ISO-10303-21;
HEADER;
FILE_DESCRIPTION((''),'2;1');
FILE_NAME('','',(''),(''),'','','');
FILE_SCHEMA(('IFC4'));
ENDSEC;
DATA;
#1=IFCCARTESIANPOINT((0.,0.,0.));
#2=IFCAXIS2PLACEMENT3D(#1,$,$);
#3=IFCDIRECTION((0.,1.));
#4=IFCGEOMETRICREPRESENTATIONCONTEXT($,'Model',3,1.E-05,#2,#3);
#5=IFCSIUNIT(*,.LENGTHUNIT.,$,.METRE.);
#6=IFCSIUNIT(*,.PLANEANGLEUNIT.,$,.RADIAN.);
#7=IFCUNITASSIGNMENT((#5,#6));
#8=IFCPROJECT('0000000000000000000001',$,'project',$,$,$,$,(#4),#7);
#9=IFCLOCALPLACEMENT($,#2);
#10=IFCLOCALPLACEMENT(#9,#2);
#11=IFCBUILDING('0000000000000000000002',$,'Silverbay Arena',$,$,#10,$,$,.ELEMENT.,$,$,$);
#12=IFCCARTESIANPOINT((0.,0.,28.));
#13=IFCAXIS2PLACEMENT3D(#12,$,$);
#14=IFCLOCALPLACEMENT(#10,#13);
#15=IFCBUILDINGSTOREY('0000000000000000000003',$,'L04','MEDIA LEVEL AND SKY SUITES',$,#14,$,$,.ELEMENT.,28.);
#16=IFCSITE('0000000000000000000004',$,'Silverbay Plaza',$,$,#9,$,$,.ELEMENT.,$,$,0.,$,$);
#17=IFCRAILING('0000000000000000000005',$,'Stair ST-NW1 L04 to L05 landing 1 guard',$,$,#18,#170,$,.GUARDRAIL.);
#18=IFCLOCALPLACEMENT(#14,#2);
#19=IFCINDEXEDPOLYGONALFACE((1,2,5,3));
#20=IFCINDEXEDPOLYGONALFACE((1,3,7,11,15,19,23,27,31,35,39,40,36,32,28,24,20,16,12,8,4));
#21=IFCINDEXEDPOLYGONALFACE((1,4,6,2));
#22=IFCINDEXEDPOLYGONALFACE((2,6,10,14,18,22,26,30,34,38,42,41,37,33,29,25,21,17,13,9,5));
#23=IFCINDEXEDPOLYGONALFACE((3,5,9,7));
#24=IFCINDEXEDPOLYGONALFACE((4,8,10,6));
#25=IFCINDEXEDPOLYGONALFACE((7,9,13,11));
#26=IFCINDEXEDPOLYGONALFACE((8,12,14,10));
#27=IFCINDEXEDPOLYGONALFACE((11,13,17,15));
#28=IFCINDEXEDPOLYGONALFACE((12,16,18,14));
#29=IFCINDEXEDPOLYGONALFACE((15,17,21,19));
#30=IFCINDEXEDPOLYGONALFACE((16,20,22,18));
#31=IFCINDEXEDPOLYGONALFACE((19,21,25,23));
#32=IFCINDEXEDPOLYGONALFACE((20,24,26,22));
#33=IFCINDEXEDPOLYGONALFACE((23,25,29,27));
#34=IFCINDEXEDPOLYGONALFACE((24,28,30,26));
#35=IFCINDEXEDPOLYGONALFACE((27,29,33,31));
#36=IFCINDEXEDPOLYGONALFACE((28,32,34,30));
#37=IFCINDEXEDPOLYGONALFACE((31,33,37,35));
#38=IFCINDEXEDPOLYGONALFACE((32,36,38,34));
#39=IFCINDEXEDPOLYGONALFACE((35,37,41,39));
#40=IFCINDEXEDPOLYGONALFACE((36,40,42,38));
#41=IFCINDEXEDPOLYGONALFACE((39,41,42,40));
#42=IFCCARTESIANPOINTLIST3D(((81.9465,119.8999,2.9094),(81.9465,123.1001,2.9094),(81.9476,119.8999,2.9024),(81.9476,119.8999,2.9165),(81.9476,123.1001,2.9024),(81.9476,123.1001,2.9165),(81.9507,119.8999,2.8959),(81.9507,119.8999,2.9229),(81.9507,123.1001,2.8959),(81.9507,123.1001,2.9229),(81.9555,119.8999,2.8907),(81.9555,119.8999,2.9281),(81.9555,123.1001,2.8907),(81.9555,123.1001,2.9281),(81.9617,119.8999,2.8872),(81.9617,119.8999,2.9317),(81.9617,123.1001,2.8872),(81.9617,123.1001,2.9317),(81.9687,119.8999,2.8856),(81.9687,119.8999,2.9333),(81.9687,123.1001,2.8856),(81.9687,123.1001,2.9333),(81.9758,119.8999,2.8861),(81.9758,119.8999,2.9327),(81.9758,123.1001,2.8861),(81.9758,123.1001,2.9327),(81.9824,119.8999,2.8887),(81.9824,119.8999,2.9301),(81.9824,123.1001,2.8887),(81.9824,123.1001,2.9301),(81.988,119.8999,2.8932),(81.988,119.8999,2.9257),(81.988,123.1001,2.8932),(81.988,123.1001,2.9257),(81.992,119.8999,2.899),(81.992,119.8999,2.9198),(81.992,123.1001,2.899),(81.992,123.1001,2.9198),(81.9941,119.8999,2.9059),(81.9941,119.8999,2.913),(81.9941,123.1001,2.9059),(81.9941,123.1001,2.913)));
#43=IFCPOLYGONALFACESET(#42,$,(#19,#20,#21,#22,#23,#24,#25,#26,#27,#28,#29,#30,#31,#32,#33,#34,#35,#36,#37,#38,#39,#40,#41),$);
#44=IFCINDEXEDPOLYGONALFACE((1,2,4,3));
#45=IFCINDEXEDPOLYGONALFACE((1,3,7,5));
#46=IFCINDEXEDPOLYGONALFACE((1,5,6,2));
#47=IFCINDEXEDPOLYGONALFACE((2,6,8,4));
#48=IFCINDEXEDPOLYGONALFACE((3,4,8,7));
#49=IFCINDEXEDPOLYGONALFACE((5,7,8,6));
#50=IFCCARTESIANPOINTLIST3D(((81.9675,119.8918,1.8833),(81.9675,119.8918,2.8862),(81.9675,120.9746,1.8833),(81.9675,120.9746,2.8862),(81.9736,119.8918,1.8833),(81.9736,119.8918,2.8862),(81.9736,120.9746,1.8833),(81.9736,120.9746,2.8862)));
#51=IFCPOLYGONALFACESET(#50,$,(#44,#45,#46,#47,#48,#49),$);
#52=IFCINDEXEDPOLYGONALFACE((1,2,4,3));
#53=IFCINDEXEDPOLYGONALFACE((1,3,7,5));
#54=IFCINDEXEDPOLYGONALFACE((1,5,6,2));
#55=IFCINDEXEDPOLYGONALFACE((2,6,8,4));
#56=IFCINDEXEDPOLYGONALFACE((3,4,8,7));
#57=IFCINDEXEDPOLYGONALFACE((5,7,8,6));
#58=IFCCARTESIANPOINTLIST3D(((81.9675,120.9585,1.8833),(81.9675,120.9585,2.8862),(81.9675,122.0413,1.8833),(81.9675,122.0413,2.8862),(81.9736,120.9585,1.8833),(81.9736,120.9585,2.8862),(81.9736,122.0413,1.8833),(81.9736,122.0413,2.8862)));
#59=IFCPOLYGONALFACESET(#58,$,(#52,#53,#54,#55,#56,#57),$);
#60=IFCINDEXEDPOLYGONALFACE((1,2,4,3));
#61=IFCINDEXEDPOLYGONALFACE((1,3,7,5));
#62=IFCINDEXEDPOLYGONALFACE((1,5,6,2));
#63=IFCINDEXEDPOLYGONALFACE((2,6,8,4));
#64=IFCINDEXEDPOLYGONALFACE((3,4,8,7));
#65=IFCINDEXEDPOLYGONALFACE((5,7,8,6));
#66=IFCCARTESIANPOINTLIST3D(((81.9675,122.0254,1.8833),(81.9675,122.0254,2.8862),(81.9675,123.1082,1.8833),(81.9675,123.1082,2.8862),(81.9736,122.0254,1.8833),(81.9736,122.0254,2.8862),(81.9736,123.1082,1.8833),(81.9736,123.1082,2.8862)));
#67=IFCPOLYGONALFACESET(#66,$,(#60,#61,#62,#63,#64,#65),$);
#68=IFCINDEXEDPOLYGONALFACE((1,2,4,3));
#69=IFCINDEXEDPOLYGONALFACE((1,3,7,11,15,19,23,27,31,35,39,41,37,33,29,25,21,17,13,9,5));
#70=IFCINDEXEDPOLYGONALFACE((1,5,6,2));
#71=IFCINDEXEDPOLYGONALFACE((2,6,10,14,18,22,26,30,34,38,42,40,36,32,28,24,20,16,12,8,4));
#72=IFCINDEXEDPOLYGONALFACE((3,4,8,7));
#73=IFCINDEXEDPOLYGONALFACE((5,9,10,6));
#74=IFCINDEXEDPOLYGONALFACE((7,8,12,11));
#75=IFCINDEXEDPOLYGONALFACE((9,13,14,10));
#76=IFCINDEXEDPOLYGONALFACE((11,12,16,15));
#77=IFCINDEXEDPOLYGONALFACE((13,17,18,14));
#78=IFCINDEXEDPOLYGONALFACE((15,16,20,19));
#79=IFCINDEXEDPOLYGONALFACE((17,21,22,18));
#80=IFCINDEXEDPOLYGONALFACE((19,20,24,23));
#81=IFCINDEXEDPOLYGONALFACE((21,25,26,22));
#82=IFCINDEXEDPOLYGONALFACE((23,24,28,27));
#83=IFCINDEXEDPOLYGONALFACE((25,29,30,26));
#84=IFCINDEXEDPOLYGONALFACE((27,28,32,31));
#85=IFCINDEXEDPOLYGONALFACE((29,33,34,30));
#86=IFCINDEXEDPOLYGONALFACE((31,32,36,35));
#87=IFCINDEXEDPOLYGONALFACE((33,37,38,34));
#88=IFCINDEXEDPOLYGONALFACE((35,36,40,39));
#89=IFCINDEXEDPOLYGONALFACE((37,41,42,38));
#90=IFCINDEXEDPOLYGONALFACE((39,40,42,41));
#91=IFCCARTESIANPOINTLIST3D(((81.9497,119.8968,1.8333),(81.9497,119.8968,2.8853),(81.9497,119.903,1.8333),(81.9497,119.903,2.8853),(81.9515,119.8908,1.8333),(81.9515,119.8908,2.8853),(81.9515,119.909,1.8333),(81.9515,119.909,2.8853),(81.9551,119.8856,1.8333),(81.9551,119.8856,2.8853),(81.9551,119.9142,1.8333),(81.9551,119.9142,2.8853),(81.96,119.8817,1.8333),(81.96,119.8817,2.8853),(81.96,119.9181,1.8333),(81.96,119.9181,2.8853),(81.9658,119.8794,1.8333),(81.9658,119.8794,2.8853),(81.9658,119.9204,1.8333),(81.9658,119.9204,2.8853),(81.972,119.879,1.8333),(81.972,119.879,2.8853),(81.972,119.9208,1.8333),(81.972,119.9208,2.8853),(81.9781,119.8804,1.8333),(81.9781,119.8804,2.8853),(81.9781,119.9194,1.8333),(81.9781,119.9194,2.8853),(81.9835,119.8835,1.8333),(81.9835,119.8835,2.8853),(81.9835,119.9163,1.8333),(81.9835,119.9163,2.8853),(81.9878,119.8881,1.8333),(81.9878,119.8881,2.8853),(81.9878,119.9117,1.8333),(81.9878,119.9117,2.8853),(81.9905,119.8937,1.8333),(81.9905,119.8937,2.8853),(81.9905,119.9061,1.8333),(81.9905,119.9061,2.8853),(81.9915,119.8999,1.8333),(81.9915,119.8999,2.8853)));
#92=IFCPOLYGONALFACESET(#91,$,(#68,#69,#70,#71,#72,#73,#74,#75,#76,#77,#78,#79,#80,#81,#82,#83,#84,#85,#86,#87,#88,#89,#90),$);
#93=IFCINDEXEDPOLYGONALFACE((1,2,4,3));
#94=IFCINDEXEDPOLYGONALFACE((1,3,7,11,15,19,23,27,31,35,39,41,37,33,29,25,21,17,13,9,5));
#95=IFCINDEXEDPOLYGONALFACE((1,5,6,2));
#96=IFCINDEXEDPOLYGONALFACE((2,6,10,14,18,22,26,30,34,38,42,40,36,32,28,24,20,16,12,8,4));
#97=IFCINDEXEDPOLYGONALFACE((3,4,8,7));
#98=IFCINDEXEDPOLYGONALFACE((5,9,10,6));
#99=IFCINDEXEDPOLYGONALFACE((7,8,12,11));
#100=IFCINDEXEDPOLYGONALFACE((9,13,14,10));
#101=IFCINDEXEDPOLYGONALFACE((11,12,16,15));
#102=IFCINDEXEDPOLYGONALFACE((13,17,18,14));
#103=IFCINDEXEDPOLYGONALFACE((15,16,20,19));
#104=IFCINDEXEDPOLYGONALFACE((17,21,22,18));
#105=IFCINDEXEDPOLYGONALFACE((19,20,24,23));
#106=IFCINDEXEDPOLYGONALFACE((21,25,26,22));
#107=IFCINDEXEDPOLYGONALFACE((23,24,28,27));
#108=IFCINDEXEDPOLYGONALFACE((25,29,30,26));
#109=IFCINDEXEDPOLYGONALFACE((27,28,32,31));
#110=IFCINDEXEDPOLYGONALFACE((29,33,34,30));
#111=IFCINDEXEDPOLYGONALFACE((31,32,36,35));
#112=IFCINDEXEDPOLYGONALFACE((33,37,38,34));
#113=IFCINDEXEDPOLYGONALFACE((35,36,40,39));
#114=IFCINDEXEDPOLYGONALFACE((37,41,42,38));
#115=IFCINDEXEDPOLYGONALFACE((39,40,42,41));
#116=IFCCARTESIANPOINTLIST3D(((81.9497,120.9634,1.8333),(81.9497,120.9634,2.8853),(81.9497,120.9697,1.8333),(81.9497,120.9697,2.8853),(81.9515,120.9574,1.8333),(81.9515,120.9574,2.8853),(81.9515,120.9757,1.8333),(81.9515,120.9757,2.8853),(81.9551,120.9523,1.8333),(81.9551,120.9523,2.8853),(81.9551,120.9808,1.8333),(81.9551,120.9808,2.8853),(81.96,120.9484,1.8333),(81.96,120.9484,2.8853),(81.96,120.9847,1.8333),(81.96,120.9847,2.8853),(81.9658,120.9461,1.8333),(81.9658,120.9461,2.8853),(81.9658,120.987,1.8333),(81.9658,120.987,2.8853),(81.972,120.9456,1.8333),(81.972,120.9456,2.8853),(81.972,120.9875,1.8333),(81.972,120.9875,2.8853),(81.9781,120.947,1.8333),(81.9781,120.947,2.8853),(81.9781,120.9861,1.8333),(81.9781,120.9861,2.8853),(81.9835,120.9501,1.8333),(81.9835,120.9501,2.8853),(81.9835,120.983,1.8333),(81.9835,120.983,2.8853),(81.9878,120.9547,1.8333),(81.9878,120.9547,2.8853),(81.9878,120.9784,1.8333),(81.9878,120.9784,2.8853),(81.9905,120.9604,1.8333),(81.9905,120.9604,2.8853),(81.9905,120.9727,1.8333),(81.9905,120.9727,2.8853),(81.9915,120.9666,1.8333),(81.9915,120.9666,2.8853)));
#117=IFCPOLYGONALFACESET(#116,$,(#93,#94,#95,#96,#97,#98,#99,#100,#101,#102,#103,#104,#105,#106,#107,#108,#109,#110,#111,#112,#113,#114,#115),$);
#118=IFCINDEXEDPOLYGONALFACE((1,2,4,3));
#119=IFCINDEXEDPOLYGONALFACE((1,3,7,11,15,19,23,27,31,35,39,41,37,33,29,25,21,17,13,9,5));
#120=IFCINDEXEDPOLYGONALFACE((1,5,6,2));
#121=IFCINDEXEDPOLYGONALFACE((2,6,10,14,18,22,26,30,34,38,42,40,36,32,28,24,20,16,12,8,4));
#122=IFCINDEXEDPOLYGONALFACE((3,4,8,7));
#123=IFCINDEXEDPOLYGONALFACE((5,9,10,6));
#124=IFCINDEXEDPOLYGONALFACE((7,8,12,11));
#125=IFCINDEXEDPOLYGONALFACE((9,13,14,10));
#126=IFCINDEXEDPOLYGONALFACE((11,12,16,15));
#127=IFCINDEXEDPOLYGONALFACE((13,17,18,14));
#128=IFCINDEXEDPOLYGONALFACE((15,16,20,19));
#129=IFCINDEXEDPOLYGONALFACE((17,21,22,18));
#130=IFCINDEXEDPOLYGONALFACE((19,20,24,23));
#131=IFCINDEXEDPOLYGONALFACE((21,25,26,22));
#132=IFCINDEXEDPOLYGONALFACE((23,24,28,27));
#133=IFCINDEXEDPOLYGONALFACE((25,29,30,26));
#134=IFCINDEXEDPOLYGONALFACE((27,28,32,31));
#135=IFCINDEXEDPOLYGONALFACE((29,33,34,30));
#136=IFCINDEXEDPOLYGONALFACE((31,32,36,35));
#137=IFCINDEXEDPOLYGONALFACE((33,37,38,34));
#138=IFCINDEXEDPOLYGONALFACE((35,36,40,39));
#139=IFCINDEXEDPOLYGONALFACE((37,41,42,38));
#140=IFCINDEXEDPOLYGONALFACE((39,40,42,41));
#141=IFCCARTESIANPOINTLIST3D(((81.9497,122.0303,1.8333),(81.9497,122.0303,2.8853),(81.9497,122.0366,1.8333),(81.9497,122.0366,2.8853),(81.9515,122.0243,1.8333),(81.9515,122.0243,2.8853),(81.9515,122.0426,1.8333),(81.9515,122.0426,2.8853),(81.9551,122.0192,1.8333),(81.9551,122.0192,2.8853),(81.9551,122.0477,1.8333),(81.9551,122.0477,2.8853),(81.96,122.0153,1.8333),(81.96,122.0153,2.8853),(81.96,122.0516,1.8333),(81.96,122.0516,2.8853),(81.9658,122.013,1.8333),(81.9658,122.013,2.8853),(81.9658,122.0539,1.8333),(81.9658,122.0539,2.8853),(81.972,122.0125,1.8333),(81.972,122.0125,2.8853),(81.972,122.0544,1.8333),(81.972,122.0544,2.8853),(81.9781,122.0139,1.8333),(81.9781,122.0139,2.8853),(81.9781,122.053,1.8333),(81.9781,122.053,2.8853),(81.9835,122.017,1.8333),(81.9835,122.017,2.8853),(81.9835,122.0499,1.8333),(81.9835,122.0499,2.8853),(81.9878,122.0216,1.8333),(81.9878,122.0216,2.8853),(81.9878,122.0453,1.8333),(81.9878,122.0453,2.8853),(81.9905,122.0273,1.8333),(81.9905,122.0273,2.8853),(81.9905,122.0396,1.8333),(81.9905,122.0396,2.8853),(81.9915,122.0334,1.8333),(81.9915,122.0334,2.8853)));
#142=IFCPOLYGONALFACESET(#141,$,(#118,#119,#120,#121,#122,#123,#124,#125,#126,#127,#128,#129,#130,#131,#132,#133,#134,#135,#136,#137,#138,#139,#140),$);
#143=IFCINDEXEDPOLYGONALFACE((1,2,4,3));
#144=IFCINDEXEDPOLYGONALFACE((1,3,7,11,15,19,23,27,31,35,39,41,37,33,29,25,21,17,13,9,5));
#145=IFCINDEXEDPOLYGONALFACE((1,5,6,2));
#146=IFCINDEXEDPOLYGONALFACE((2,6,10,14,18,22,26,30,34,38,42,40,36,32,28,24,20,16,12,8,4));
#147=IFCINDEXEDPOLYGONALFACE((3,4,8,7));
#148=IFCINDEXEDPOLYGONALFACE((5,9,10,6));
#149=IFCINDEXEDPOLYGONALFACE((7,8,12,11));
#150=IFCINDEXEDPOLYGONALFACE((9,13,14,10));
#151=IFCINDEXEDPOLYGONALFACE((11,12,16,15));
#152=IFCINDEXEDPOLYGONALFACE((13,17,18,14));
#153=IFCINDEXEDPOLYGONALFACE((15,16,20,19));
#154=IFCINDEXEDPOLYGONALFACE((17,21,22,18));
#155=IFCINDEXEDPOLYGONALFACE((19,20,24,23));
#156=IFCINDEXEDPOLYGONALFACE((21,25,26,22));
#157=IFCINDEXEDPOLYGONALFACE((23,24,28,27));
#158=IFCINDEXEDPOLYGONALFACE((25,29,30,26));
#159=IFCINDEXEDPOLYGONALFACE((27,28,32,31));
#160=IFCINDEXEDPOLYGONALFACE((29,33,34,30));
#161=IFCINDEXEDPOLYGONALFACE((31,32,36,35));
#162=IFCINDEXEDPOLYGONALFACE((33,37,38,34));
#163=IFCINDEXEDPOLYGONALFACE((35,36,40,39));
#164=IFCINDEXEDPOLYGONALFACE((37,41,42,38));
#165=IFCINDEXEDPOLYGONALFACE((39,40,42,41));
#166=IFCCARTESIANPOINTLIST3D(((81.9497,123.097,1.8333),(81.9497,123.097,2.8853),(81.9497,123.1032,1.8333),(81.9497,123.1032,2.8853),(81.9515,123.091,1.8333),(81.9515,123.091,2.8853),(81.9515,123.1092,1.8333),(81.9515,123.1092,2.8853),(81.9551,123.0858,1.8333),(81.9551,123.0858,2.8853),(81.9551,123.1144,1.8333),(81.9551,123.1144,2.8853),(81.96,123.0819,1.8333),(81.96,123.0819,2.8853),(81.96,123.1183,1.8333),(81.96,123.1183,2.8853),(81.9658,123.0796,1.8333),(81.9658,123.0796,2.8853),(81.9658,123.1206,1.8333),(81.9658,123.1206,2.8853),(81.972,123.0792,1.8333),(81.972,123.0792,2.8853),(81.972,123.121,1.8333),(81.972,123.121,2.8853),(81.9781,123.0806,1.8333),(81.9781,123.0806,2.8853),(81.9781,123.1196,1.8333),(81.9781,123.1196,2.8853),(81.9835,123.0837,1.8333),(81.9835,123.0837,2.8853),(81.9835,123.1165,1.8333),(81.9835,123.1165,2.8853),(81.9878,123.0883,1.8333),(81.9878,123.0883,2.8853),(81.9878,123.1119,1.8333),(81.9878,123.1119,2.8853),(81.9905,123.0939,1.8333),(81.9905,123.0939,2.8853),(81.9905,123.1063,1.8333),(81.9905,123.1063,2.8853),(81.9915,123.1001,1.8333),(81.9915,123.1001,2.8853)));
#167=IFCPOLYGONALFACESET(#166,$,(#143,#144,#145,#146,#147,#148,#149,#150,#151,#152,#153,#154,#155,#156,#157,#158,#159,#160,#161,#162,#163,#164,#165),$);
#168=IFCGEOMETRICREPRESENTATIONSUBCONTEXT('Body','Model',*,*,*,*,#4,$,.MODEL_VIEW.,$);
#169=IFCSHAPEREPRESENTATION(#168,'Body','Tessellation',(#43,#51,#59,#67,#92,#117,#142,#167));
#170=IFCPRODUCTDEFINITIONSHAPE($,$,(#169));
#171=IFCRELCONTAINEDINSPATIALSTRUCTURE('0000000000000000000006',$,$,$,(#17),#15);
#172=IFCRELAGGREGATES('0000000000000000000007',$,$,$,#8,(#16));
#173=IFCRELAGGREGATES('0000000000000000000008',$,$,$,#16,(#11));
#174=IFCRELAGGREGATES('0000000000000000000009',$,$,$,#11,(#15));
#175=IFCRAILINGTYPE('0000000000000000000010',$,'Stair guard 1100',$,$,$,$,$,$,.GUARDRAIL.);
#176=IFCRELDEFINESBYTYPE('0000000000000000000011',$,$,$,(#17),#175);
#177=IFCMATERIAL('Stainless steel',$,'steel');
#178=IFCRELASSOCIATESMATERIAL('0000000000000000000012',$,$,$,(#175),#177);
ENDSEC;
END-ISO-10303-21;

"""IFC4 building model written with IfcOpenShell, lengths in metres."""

from ifc_helpers import new_model, si_unit, direction, frame, origin, origin_2d, place, context, subcontext, project, spatial, polyline, circle, outline, extrude, material, type_object, element, save


model = new_model("IFC4")

# Units and contexts
model_context = context("Model", 3, precision=1e-05, world=origin(), true_north=direction((0.0, 1.0)))
body_context = subcontext(model_context, "Body", "Model", "MODEL_VIEW")
ifc_project = project(units=[si_unit("LENGTHUNIT", "METRE"), si_unit("PLANEANGLEUNIT", "RADIAN")], contexts=[model_context])

# Site, building, storey
site_placement = place(None, origin())
site = spatial("IfcSite", under=ifc_project, at=site_placement, Name="Silverbay Plaza", CompositionType="ELEMENT", RefElevation=0.0)
building_placement = place(site_placement, origin())
building = spatial("IfcBuilding", under=site, at=building_placement, Name="Silverbay Arena", CompositionType="ELEMENT")
storey_placement = place(building_placement, frame((0.0, 0.0, 28.0)))
storey = spatial("IfcBuildingStorey", under=building, at=storey_placement, Name="L04", Description="MEDIA LEVEL AND SKY SUITES", CompositionType="ELEMENT", Elevation=28.0)

# Railing
ifc_material_1 = material(Name="Stainless steel", Category="steel")
railing_type_1 = type_object("IfcRailingType", Name="Stair guard 1100", PredefinedType="GUARDRAIL", material=ifc_material_1)
for number, where, name in (
    (1, (81.9705, 119.8999, 1.8333), "Stair ST-NW1 L04 to L05 landing 1 guard"),
):
    element("IfcRailing", number, at=place(storey_placement, frame(where)), inside=storey, type_object=railing_type_1, Name=name, PredefinedType="GUARDRAIL", context=body_context, shape_type="SweptSolid", body=[
        extrude(circle(Radius=0.0239, at=origin_2d()), frame((0.0, 0.0, 1.0762), z_axis=(0.0, 1.0, 0.0), x_axis=(-1.0, 0.0, 0.0)), (0.0, 0.0, 1.0), 3.2002),
        extrude(outline(polyline([(-0.0081, 0.05), (1.0747, 0.05), (1.0747, 1.053), (-0.0081, 1.053), (-0.0081, 0.05)])), frame((-0.0029, 0.0, 0.0), z_axis=(1.0, 0.0, 0.0), x_axis=(0.0, 1.0, 0.0)), (0.0, 0.0, 1.0), 0.0061),
        extrude(outline(polyline([(-0.0081, 0.05), (1.0747, 0.05), (1.0747, 1.053), (-0.0081, 1.053), (-0.0081, 0.05)])), frame((-0.0029, 1.0667, 0.0), z_axis=(1.0, 0.0, 0.0), x_axis=(0.0, 1.0, 0.0)), (0.0, 0.0, 1.0), 0.0061),
        extrude(outline(polyline([(-0.0081, 0.05), (1.0747, 0.05), (1.0747, 1.053), (-0.0081, 1.053), (-0.0081, 0.05)])), frame((-0.0029, 2.1335, 0.0), z_axis=(1.0, 0.0, 0.0), x_axis=(0.0, 1.0, 0.0)), (0.0, 0.0, 1.0), 0.0061),
        extrude(circle(Radius=0.021, at=origin_2d()), origin(), (0.0, 0.0, 1.0), 1.052),
        extrude(circle(Radius=0.021, at=origin_2d()), frame((0.0, 1.0667, 0.0)), (0.0, 0.0, 1.0), 1.052),
        extrude(circle(Radius=0.021, at=origin_2d()), frame((0.0, 2.1335, 0.0)), (0.0, 0.0, 1.0), 1.052),
        extrude(circle(Radius=0.021, at=origin_2d()), frame((0.0, 3.2002, 0.0)), (0.0, 0.0, 1.0), 1.052),
    ])

save(model, "model.ifc")
